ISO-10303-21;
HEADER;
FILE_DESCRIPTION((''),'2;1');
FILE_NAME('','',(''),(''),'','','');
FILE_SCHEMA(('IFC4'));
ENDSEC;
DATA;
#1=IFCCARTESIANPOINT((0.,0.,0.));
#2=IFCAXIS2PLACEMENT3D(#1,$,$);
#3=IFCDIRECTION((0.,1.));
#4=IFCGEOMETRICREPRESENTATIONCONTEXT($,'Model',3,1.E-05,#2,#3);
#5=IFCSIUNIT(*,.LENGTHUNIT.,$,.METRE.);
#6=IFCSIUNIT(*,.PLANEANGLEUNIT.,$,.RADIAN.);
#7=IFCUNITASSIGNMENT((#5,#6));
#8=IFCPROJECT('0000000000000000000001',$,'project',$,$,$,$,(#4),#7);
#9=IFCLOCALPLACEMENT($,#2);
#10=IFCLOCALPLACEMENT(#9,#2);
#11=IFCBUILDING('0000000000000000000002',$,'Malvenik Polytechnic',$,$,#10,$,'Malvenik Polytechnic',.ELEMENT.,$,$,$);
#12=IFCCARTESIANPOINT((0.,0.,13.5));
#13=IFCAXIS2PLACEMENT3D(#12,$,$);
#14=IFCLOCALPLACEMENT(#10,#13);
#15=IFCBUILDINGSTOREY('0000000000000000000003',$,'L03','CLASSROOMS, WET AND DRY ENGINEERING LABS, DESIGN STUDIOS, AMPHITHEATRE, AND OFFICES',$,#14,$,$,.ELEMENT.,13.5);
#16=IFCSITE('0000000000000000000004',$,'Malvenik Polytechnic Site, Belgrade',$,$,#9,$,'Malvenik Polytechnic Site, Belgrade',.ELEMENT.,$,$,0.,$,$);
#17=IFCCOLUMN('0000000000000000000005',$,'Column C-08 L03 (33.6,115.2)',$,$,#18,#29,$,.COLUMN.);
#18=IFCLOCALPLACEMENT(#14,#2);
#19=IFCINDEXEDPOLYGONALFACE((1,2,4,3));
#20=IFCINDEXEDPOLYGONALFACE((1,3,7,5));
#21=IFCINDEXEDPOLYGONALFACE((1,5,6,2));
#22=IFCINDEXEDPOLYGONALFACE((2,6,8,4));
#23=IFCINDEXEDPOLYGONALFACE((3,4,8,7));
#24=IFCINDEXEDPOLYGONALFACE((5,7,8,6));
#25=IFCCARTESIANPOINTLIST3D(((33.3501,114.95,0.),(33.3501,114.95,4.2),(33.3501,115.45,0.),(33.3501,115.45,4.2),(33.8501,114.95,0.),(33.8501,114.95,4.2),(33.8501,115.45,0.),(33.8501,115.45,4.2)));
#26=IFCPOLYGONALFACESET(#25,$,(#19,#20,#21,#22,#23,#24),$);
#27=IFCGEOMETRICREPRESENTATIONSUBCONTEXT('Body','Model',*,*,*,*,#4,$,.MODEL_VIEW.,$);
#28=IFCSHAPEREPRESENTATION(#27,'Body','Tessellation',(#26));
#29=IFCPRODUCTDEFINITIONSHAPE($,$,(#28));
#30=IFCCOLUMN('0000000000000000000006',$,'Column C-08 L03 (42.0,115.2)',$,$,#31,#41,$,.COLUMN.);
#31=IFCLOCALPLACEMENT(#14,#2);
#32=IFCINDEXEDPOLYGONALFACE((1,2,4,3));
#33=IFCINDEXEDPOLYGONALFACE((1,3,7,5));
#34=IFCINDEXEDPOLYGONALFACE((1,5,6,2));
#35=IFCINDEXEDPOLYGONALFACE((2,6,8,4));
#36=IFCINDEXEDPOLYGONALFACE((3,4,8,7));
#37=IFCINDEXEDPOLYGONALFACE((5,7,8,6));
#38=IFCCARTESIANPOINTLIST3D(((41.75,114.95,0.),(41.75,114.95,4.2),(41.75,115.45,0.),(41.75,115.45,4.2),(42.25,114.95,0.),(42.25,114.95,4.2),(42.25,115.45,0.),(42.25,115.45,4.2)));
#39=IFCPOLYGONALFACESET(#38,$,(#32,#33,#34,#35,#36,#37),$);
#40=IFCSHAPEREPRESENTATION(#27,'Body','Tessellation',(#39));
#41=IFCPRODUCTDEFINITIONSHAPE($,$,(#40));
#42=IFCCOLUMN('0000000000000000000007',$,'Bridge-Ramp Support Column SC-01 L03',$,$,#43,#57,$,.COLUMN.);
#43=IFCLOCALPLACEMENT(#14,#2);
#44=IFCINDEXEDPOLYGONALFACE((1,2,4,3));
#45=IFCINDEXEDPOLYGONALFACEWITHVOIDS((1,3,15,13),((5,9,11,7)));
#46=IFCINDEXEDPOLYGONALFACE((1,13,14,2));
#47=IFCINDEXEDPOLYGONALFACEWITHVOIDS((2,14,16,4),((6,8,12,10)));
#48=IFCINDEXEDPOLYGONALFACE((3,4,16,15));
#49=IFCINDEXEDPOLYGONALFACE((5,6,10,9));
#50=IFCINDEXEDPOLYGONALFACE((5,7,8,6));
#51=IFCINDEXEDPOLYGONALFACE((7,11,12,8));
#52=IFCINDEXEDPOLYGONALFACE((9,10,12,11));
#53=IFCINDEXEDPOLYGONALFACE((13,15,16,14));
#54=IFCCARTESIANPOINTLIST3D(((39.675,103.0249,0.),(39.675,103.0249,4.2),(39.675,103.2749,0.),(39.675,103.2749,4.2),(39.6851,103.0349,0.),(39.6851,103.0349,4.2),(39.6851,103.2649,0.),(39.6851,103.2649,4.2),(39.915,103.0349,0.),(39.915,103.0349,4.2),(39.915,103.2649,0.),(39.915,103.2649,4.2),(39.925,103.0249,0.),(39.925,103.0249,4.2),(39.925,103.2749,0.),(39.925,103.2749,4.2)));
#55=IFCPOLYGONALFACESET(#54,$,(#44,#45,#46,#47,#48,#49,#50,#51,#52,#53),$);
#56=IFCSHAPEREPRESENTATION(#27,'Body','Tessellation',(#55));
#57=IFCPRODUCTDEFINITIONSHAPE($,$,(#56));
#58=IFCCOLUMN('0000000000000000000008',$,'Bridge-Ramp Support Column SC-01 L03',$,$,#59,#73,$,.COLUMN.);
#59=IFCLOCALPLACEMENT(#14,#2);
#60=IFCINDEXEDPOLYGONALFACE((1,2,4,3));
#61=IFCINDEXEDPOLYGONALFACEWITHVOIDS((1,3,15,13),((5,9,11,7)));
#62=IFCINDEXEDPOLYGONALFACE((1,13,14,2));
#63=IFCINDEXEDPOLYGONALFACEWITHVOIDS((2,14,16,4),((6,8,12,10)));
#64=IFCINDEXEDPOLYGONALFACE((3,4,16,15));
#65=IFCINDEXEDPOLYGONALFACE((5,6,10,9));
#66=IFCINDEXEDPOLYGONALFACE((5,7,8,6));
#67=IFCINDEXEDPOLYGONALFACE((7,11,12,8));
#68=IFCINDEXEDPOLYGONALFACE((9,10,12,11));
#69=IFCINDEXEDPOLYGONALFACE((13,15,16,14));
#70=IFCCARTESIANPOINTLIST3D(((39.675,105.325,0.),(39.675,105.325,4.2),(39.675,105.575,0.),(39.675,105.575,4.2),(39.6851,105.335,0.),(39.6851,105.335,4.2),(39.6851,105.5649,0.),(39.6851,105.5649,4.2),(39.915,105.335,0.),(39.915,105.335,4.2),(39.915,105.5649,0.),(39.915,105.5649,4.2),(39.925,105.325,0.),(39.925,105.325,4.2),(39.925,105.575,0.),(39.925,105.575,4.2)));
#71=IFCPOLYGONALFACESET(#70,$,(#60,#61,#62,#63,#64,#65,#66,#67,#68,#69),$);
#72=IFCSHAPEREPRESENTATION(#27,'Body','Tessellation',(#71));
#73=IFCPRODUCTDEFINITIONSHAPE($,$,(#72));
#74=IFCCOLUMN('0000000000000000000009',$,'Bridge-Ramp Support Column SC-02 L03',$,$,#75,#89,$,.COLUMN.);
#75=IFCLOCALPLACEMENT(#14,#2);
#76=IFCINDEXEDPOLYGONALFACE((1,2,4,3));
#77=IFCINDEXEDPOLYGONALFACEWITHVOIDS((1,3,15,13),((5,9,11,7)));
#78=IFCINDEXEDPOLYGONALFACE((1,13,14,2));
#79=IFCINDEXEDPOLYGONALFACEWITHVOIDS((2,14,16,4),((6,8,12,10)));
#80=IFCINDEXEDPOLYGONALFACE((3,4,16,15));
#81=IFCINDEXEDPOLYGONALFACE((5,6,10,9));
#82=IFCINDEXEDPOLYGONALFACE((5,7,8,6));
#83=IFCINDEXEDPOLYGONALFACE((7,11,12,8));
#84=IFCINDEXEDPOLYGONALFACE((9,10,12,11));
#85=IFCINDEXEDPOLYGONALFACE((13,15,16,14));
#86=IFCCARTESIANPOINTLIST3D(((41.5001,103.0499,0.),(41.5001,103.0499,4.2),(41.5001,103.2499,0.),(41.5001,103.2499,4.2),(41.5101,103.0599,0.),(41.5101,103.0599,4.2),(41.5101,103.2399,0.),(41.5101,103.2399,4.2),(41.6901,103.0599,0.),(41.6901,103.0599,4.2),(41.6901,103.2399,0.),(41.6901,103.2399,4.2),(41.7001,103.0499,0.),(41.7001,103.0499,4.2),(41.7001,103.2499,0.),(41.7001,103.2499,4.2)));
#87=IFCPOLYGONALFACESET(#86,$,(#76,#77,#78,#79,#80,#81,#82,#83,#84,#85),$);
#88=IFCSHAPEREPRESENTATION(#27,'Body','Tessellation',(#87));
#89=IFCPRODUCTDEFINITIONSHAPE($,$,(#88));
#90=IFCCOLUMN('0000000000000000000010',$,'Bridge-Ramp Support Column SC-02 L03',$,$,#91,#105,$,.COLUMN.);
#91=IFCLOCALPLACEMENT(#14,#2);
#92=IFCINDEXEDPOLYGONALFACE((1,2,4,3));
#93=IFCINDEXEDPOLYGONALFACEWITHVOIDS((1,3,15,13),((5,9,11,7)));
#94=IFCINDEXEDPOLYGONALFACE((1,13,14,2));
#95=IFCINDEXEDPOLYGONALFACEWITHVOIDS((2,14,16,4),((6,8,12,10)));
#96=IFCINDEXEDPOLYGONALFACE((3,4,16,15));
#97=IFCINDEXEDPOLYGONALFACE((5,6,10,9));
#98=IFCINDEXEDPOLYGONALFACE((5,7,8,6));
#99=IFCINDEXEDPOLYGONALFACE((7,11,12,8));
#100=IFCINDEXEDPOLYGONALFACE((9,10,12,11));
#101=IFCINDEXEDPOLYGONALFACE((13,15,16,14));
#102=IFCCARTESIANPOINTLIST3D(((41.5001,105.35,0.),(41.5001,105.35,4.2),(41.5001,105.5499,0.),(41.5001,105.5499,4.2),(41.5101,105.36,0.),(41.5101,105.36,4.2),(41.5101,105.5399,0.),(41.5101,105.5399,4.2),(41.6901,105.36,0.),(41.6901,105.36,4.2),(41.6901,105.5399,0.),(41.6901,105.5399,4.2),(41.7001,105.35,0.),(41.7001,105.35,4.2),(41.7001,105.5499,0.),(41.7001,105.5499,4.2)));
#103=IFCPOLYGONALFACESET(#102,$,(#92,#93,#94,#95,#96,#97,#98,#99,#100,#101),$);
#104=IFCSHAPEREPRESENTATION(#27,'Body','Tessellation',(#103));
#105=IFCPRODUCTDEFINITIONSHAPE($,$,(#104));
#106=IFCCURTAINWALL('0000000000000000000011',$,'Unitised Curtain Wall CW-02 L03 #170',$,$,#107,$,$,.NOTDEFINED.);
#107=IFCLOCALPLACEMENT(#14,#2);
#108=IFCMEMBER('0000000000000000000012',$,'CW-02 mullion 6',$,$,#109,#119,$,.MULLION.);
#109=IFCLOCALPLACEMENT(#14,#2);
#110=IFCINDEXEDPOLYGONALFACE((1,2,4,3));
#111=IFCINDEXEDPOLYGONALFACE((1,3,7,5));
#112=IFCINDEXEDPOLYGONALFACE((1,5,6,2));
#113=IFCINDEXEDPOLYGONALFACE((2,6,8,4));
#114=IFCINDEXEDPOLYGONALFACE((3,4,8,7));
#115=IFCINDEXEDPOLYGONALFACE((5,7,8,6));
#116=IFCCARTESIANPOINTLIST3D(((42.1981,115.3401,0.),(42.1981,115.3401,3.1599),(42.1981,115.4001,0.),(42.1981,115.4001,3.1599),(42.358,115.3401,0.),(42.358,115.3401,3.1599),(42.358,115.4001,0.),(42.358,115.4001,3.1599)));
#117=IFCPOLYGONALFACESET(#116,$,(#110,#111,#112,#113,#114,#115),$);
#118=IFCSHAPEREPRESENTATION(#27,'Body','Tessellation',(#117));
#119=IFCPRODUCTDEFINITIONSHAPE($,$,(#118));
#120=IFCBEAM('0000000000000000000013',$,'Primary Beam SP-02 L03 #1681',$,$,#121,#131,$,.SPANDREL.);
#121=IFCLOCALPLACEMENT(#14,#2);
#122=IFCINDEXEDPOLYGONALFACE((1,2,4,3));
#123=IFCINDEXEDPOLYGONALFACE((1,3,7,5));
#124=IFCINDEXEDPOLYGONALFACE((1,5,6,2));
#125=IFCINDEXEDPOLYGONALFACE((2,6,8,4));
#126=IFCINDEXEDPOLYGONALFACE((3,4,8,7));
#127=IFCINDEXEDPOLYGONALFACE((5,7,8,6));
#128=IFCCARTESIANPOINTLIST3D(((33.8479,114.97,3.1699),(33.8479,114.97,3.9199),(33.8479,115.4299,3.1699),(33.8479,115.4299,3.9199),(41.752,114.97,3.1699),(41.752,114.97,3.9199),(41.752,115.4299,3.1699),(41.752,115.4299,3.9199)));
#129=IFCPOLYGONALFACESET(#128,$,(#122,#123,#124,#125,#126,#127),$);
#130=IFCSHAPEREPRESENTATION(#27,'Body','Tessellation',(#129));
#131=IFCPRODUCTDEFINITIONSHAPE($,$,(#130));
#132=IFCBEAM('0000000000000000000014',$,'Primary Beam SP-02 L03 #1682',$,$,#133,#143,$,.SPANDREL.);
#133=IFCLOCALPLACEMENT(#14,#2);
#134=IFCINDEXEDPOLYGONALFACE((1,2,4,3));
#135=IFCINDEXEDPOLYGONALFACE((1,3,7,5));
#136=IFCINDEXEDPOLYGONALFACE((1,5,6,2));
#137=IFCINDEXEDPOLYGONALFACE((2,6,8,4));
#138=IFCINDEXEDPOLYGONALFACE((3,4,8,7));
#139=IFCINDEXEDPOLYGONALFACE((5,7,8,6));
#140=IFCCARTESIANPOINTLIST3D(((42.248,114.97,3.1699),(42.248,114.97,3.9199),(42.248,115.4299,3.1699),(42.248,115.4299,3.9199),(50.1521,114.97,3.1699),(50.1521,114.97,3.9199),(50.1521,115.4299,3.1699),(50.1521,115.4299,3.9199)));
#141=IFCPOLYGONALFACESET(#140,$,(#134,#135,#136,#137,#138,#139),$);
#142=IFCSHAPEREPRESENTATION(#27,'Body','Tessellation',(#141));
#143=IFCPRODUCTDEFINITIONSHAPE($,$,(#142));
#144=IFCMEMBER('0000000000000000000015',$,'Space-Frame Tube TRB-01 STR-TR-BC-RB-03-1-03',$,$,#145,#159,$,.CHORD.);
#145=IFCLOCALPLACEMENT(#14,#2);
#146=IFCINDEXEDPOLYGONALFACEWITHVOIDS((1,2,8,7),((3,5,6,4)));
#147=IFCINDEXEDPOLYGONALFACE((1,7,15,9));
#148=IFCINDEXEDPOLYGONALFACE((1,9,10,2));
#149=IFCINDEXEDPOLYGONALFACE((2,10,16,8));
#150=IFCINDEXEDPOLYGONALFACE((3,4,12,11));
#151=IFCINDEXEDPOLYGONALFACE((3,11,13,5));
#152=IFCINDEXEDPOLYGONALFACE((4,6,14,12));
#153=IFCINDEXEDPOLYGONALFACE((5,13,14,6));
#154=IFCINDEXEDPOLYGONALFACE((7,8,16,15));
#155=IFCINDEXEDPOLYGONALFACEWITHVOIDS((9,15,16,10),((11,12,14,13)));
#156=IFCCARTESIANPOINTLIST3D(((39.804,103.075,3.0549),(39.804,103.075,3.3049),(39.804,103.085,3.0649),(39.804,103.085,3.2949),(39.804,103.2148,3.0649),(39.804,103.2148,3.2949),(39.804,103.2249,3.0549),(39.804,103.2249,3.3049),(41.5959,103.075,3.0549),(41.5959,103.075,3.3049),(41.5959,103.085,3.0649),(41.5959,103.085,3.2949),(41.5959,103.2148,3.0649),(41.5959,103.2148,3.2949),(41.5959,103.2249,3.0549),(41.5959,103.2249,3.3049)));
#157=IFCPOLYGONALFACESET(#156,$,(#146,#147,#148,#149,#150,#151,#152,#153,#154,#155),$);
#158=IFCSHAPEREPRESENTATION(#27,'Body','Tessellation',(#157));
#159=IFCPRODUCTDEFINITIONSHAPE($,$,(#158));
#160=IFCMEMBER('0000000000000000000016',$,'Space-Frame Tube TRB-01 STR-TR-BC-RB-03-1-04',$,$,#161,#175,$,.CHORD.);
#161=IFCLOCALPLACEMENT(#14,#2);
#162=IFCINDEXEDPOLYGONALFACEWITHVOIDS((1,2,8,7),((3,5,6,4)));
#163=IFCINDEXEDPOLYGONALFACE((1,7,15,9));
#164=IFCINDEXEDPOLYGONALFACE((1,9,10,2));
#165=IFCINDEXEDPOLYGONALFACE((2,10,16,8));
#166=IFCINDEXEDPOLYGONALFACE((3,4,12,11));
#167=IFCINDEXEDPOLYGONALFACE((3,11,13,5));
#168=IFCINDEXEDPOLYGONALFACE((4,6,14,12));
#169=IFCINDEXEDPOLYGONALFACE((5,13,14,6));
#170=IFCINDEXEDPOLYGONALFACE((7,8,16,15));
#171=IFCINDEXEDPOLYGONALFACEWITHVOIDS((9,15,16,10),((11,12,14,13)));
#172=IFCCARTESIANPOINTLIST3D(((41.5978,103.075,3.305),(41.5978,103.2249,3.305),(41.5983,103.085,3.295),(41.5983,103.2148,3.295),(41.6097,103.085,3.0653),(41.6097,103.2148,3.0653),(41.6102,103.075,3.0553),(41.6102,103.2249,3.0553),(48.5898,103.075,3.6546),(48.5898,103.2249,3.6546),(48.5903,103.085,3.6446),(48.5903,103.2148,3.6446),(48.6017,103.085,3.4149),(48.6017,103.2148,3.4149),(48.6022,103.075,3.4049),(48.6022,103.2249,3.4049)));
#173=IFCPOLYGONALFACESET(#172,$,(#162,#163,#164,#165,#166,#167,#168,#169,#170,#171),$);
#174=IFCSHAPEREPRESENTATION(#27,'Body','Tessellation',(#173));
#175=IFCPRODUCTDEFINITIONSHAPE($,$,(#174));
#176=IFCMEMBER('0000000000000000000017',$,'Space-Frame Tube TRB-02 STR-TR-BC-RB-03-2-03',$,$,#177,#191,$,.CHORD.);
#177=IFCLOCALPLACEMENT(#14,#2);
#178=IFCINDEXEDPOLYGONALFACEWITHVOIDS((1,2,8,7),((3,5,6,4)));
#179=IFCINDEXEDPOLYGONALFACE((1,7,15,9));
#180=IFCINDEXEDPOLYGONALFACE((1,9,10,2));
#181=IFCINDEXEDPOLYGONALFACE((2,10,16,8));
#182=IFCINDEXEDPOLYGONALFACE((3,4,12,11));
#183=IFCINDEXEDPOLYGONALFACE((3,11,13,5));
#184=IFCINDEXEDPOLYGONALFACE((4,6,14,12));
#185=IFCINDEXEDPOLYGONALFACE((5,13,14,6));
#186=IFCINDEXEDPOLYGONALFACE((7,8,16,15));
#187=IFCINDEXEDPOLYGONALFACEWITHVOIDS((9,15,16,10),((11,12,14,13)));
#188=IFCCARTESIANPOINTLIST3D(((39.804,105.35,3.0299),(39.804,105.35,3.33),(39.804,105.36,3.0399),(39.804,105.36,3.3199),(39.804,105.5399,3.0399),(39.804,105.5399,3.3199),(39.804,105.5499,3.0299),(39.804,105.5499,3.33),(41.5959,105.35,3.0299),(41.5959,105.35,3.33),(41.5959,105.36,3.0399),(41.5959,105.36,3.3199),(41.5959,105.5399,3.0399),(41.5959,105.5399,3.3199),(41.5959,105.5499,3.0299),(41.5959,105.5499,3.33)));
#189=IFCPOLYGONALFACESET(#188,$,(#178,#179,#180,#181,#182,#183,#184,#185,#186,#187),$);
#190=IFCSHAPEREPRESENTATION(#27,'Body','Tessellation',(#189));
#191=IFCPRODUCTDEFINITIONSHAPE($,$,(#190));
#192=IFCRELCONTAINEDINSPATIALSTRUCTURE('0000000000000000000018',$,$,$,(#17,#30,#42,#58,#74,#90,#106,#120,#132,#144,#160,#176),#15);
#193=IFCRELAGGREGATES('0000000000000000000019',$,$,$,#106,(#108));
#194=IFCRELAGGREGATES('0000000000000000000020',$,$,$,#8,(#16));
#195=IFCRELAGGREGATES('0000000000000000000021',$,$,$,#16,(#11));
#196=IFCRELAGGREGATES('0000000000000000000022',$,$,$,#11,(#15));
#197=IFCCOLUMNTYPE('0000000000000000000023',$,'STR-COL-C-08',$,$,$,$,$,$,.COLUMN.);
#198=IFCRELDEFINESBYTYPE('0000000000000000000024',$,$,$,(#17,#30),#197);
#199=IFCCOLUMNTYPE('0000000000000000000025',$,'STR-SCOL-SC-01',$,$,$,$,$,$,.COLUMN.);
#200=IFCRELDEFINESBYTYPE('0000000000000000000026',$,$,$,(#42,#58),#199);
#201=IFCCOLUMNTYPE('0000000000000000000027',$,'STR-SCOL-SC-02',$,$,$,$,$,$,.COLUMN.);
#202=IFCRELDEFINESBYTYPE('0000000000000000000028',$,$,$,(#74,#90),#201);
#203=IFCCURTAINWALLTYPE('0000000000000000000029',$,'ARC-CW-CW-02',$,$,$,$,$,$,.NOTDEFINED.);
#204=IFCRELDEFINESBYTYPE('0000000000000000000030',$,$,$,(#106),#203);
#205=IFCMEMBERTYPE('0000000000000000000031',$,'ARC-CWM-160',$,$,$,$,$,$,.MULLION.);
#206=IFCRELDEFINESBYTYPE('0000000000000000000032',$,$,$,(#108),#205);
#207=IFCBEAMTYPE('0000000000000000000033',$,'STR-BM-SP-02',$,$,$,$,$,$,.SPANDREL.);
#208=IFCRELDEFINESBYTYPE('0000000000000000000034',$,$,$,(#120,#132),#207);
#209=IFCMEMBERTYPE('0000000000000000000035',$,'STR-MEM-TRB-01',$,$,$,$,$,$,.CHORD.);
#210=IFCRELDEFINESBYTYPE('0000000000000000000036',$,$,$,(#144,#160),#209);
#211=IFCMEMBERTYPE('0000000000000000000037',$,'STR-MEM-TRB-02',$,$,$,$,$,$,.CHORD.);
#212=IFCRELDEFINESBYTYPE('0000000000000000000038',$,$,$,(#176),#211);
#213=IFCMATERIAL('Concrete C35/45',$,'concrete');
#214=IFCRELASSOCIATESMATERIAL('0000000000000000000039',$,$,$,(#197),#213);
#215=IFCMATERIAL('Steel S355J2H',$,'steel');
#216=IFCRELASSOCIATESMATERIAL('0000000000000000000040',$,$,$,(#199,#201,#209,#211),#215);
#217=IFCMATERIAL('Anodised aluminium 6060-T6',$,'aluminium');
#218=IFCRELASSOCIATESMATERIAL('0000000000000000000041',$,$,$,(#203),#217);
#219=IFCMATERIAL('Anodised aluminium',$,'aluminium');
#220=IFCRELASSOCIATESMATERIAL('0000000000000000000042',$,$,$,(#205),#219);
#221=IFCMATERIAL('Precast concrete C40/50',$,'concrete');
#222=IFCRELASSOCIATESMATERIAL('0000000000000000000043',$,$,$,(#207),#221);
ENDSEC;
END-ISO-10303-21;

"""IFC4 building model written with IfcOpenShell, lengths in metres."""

from ifc_helpers import new_model, si_unit, direction, frame, origin, origin_2d, place, context, subcontext, project, spatial, rectangle, hollow_rectangle, extrude, material, material_profile, profile_set, type_object, element, aggregate, save


model = new_model("IFC4")

# Units and contexts
model_context = context("Model", 3, precision=1e-05, world=origin(), true_north=direction((0.0, 1.0)))
body_context = subcontext(model_context, "Body", "Model", "MODEL_VIEW")
ifc_project = project(units=[si_unit("LENGTHUNIT", "METRE"), si_unit("PLANEANGLEUNIT", "RADIAN")], contexts=[model_context])

# Site, building, storey
site_placement = place(None, origin())
site = spatial("IfcSite", under=ifc_project, at=site_placement, Name="Malvenik Polytechnic Site, Belgrade", LongName="Malvenik Polytechnic Site, Belgrade", CompositionType="ELEMENT", RefElevation=0.0)
building_placement = place(site_placement, origin())
building = spatial("IfcBuilding", under=site, at=building_placement, Name="Malvenik Polytechnic", LongName="Malvenik Polytechnic", CompositionType="ELEMENT")
storey_placement = place(building_placement, frame((0.0, 0.0, 13.5)))
storey = spatial("IfcBuildingStorey", under=building, at=storey_placement, Name="L03", Description="CLASSROOMS, WET AND DRY ENGINEERING LABS, DESIGN STUDIOS, AMPHITHEATRE, AND OFFICES", CompositionType="ELEMENT", Elevation=13.5)

# Columns
ifc_material_1 = material(Name="Concrete C35/45", Category="concrete")
ifc_material_profile_1 = material_profile(ifc_material_1, rectangle(XDim=0.5, YDim=0.5, at=origin_2d()), Name="RC COL 500x500")
ifc_profile_set_1 = profile_set([ifc_material_profile_1], Name="Concrete C35/45")
column_type_1 = type_object("IfcColumnType", Name="STR-COL-C-08", PredefinedType="COLUMN", material=ifc_profile_set_1)
for number, where, z_axis, x_axis, name in (
    (1, (33.6001, 115.2, 0.0), (0.0, 0.0, 1.0), (1.0, 0.0, 0.0), "Column C-08 L03 (33.6,115.2)"),
    (2, (42.0, 115.2, 0.0), (0.0, 0.0, 1.0), (1.0, 0.0, 0.0), "Column C-08 L03 (42.0,115.2)"),
):
    element("IfcColumn", number, at=place(storey_placement, frame(where, z_axis=z_axis, x_axis=x_axis)), inside=storey, type_object=column_type_1, Name=name, PredefinedType="COLUMN", context=body_context, shape_type="SweptSolid", body=[
        extrude(rectangle(XDim=0.5, YDim=0.5, at=origin_2d()), origin(), (0.0, 0.0, 1.0), 4.2),
    ])
ifc_material_2 = material(Name="Steel S355J2H", Category="steel")
ifc_material_profile_2 = material_profile(ifc_material_2, hollow_rectangle(XDim=0.25, YDim=0.25, WallThickness=0.01, at=origin_2d()), Name="SHS 250x250x10.0")
ifc_profile_set_2 = profile_set([ifc_material_profile_2], Name="Steel S355J2H")
column_type_2 = type_object("IfcColumnType", Name="STR-SCOL-SC-01", PredefinedType="COLUMN", material=ifc_profile_set_2)
for number, where, z_axis, x_axis, name in (
    (3, (39.8, 103.1499, 0.0), (0.0, 0.0, 1.0), (1.0, 0.0, 0.0), "Bridge-Ramp Support Column SC-01 L03"),
    (4, (39.8, 105.45, 0.0), (0.0, 0.0, 1.0), (1.0, 0.0, 0.0), "Bridge-Ramp Support Column SC-01 L03"),
):
    element("IfcColumn", number, at=place(storey_placement, frame(where, z_axis=z_axis, x_axis=x_axis)), inside=storey, type_object=column_type_2, Name=name, PredefinedType="COLUMN", context=body_context, shape_type="SweptSolid", body=[
        extrude(hollow_rectangle(XDim=0.25, YDim=0.25, WallThickness=0.01, at=origin_2d()), origin(), (0.0, 0.0, 1.0), 4.2),
    ])
ifc_material_profile_3 = material_profile(ifc_material_2, hollow_rectangle(XDim=0.2, YDim=0.2, WallThickness=0.01, at=origin_2d()), Name="SHS 200x200x10.0")
ifc_profile_set_3 = profile_set([ifc_material_profile_3], Name="Steel S355J2H")
column_type_3 = type_object("IfcColumnType", Name="STR-SCOL-SC-02", PredefinedType="COLUMN", material=ifc_profile_set_3)
for number, where, z_axis, x_axis, name in (
    (5, (41.6001, 103.1499, 0.0), (0.0, 0.0, 1.0), (1.0, 0.0, 0.0), "Bridge-Ramp Support Column SC-02 L03"),
    (6, (41.6001, 105.45, 0.0), (0.0, 0.0, 1.0), (1.0, 0.0, 0.0), "Bridge-Ramp Support Column SC-02 L03"),
):
    element("IfcColumn", number, at=place(storey_placement, frame(where, z_axis=z_axis, x_axis=x_axis)), inside=storey, type_object=column_type_3, Name=name, PredefinedType="COLUMN", context=body_context, shape_type="SweptSolid", body=[
        extrude(hollow_rectangle(XDim=0.2, YDim=0.2, WallThickness=0.01, at=origin_2d()), origin(), (0.0, 0.0, 1.0), 4.2),
    ])

# Curtain wall, member
ifc_material_3 = material(Name="Anodised aluminium 6060-T6", Category="aluminium")
curtain_wall_type = type_object("IfcCurtainWallType", Name="ARC-CW-CW-02", PredefinedType="NOTDEFINED", material=ifc_material_3)
curtain_wall_placement = place(storey_placement, origin())
curtain_wall = element("IfcCurtainWall", 7, at=curtain_wall_placement, inside=storey, type_object=curtain_wall_type, Name="Unitised Curtain Wall CW-02 L03 #170", PredefinedType="NOTDEFINED")
ifc_material_4 = material(Name="Anodised aluminium", Category="aluminium")
ifc_material_profile_4 = material_profile(ifc_material_4, rectangle(XDim=0.0601, YDim=0.1599, at=origin_2d()), Name="ALU MULLION 60x160")
ifc_profile_set_4 = profile_set([ifc_material_profile_4], Name="Anodised aluminium")
member_type_1 = type_object("IfcMemberType", Name="ARC-CWM-160", PredefinedType="MULLION", material=ifc_profile_set_4)
member_1_placement = place(storey_placement, frame((42.2781, 115.3701, 0.0), z_axis=(0.0, 0.0, 1.0), x_axis=(0.0, -1.0, 0.0)))
member_1 = element("IfcMember", 8, at=member_1_placement, type_object=member_type_1, Name="CW-02 mullion 6", PredefinedType="MULLION", context=body_context, shape_type="SweptSolid", body=[
    extrude(rectangle(XDim=0.0601, YDim=0.1599, at=origin_2d()), origin(), (0.0, 0.0, 1.0), 3.1599),
])
aggregate(curtain_wall, [member_1])

# Beams
ifc_material_5 = material(Name="Precast concrete C40/50", Category="concrete")
ifc_material_profile_5 = material_profile(ifc_material_5, rectangle(XDim=0.46, YDim=0.75, at=origin_2d()), Name="PC SPN 460x750")
ifc_profile_set_5 = profile_set([ifc_material_profile_5], Name="Precast concrete C40/50")
beam_type = type_object("IfcBeamType", Name="STR-BM-SP-02", PredefinedType="SPANDREL", material=ifc_profile_set_5)
for number, where, z_axis, x_axis, name in (
    (9, (33.8479, 115.2, 3.5449), (1.0, 0.0, 0.0), (0.0, 1.0, 0.0), "Primary Beam SP-02 L03 #1681"),
    (10, (42.248, 115.2, 3.5449), (1.0, 0.0, 0.0), (0.0, 1.0, 0.0), "Primary Beam SP-02 L03 #1682"),
):
    element("IfcBeam", number, at=place(storey_placement, frame(where, z_axis=z_axis, x_axis=x_axis)), inside=storey, type_object=beam_type, Name=name, PredefinedType="SPANDREL", context=body_context, shape_type="SweptSolid", body=[
        extrude(rectangle(XDim=0.46, YDim=0.75, at=origin_2d()), origin(), (0.0, 0.0, 1.0), 7.9041),
    ])

# Members
ifc_material_profile_6 = material_profile(ifc_material_2, hollow_rectangle(XDim=0.1499, YDim=0.25, WallThickness=0.01, at=origin_2d()), Name="RHS 250x150x10.0")
ifc_profile_set_6 = profile_set([ifc_material_profile_6], Name="Steel S355J2H")
member_type_2 = type_object("IfcMemberType", Name="STR-MEM-TRB-01", PredefinedType="CHORD", material=ifc_profile_set_6)
member_2_placement = place(storey_placement, frame((39.804, 103.1499, 3.1799), z_axis=(1.0, 0.0, 0.0), x_axis=(0.0, 1.0, 0.0)))
element("IfcMember", 11, at=member_2_placement, inside=storey, type_object=member_type_2, Name="Space-Frame Tube TRB-01 STR-TR-BC-RB-03-1-03", PredefinedType="CHORD", context=body_context, shape_type="SweptSolid", body=[
    extrude(hollow_rectangle(XDim=0.1499, YDim=0.25, WallThickness=0.01, at=origin_2d()), origin(), (0.0, 0.0, 1.0), 1.792),
])
member_3_placement = place(storey_placement, frame((41.604, 103.1499, 3.1802), z_axis=(0.998752, 0.0, 0.049939), x_axis=(0.0, 1.0, 0.0)))
element("IfcMember", 12, at=member_3_placement, inside=storey, type_object=member_type_2, Name="Space-Frame Tube TRB-01 STR-TR-BC-RB-03-1-04", PredefinedType="CHORD", context=body_context, shape_type="SweptSolid", body=[
    extrude(hollow_rectangle(XDim=0.1499, YDim=0.25, WallThickness=0.01, at=origin_2d()), origin(), (0.0, 0.0, 1.0), 7.0007),
])
ifc_material_profile_7 = material_profile(ifc_material_2, hollow_rectangle(XDim=0.2, YDim=0.3, WallThickness=0.01, at=origin_2d()), Name="RHS 300x200x10.0")
ifc_profile_set_7 = profile_set([ifc_material_profile_7], Name="Steel S355J2H")
member_type_3 = type_object("IfcMemberType", Name="STR-MEM-TRB-02", PredefinedType="CHORD", material=ifc_profile_set_7)
member_4_placement = place(storey_placement, frame((39.804, 105.45, 3.1799), z_axis=(1.0, 0.0, 0.0), x_axis=(0.0, 1.0, 0.0)))
element("IfcMember", 13, at=member_4_placement, inside=storey, type_object=member_type_3, Name="Space-Frame Tube TRB-02 STR-TR-BC-RB-03-2-03", PredefinedType="CHORD", context=body_context, shape_type="SweptSolid", body=[
    extrude(hollow_rectangle(XDim=0.2, YDim=0.3, WallThickness=0.01, at=origin_2d()), origin(), (0.0, 0.0, 1.0), 1.792),
])

save(model, "model.ifc")
